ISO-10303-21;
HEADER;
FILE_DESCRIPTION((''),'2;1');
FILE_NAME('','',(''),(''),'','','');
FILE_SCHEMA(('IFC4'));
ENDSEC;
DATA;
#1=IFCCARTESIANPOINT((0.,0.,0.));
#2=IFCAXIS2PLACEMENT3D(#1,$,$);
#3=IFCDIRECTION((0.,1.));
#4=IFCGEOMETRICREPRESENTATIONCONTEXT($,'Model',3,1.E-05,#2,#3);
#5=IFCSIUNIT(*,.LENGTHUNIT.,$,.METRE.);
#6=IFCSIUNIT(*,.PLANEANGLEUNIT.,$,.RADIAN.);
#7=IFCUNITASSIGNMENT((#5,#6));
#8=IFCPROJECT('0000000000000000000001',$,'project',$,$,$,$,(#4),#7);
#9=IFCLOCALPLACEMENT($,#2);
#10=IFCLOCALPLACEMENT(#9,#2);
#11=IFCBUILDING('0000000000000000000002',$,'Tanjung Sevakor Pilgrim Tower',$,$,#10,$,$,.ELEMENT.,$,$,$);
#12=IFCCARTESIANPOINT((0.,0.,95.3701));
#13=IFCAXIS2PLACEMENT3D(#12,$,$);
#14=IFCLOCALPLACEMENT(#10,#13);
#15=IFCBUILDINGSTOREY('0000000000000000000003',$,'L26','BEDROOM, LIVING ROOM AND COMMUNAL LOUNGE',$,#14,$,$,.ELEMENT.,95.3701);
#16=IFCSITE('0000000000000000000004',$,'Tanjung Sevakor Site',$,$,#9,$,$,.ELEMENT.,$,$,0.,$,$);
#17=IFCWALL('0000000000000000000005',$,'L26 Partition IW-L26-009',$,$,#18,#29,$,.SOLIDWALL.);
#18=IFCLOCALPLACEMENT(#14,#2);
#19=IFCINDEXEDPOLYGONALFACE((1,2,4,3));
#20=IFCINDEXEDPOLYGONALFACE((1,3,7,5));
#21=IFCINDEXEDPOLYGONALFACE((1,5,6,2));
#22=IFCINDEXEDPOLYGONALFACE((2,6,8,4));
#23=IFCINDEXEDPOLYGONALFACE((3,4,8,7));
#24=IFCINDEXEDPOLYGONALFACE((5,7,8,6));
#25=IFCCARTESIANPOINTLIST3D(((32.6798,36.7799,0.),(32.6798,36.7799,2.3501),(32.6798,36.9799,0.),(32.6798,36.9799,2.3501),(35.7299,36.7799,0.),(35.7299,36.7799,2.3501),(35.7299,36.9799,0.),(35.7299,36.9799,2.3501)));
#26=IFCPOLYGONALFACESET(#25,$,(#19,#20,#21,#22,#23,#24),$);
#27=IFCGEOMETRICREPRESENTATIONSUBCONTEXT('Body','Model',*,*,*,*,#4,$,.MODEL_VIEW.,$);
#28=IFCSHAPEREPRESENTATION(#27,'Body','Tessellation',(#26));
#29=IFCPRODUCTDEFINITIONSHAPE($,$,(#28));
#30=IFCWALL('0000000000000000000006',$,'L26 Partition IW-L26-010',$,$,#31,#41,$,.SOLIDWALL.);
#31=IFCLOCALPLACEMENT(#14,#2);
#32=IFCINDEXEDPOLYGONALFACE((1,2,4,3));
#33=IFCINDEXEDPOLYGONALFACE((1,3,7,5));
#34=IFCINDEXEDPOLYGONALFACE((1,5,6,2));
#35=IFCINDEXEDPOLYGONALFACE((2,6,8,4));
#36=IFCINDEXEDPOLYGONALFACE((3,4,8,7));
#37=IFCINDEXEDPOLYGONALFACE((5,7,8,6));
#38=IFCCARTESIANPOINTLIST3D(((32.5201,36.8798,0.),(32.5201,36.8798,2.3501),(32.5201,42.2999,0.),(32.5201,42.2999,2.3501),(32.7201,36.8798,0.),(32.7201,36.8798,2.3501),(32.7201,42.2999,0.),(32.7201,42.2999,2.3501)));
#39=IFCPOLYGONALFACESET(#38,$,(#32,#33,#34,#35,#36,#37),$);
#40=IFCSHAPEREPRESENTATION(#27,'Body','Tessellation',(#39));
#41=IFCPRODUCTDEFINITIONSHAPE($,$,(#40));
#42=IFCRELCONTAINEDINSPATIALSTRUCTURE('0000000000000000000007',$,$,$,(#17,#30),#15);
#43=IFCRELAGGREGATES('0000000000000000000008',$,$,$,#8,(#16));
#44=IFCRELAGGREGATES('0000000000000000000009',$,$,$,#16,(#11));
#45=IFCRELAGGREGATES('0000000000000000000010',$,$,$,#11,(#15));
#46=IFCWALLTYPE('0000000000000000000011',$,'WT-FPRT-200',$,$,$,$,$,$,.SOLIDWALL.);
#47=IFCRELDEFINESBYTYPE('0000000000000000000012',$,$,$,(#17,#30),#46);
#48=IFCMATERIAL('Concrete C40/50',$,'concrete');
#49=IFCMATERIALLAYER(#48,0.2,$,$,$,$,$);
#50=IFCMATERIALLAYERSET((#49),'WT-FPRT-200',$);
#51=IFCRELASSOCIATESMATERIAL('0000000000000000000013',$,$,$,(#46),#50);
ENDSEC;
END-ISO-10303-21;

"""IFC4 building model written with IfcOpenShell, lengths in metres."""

from ifc_helpers import new_model, si_unit, direction, frame, frame_2d, origin, place, context, subcontext, project, spatial, rectangle, extrude, material, layer, layer_set, type_object, element, save


model = new_model("IFC4")

# Units and contexts
model_context = context("Model", 3, precision=1e-05, world=origin(), true_north=direction((0.0, 1.0)))
body_context = subcontext(model_context, "Body", "Model", "MODEL_VIEW")
ifc_project = project(units=[si_unit("LENGTHUNIT", "METRE"), si_unit("PLANEANGLEUNIT", "RADIAN")], contexts=[model_context])

# Site, building, storey
site_placement = place(None, origin())
site = spatial("IfcSite", under=ifc_project, at=site_placement, Name="Tanjung Sevakor Site", CompositionType="ELEMENT", RefElevation=0.0)
building_placement = place(site_placement, origin())
building = spatial("IfcBuilding", under=site, at=building_placement, Name="Tanjung Sevakor Pilgrim Tower", CompositionType="ELEMENT")
storey_placement = place(building_placement, frame((0.0, 0.0, 95.3701)))
storey = spatial("IfcBuildingStorey", under=building, at=storey_placement, Name="L26", Description="BEDROOM, LIVING ROOM AND COMMUNAL LOUNGE", CompositionType="ELEMENT", Elevation=95.3701)

# Shared definitions
ifc_material_1 = material(Name="Concrete C40/50", Category="concrete")
ifc_layer_1 = layer(ifc_material_1, 0.2)
ifc_layer_set_1 = layer_set([ifc_layer_1], Name="WT-FPRT-200")
wall_type_1 = type_object("IfcWallType", Name="WT-FPRT-200", PredefinedType="SOLIDWALL", material=ifc_layer_set_1)

# Walls
wall_1_placement = place(storey_placement, frame((32.6799, 36.8799, 0.0), z_axis=(0.0, 0.0, 1.0), x_axis=(1.0, 0.0, 0.0)))
element("IfcWall", 1, at=wall_1_placement, inside=storey, type_object=wall_type_1, Name="L26 Partition IW-L26-009", PredefinedType="SOLIDWALL", context=body_context, shape_type="SweptSolid", body=[
    extrude(rectangle(XDim=3.05, YDim=0.2, at=frame_2d((1.5249, 0.0))), origin(), (0.0, 0.0, 1.0), 2.3501),
])
wall_2_placement = place(storey_placement, frame((32.6201, 36.8799, 0.0), z_axis=(0.0, 0.0, 1.0), x_axis=(0.0, 1.0, 0.0)))
element("IfcWall", 2, at=wall_2_placement, inside=storey, type_object=wall_type_1, Name="L26 Partition IW-L26-010", PredefinedType="SOLIDWALL", context=body_context, shape_type="SweptSolid", body=[
    extrude(rectangle(XDim=5.4202, YDim=0.2, at=frame_2d((2.71, 0.0))), origin(), (0.0, 0.0, 1.0), 2.3501),
])

save(model, "model.ifc")
